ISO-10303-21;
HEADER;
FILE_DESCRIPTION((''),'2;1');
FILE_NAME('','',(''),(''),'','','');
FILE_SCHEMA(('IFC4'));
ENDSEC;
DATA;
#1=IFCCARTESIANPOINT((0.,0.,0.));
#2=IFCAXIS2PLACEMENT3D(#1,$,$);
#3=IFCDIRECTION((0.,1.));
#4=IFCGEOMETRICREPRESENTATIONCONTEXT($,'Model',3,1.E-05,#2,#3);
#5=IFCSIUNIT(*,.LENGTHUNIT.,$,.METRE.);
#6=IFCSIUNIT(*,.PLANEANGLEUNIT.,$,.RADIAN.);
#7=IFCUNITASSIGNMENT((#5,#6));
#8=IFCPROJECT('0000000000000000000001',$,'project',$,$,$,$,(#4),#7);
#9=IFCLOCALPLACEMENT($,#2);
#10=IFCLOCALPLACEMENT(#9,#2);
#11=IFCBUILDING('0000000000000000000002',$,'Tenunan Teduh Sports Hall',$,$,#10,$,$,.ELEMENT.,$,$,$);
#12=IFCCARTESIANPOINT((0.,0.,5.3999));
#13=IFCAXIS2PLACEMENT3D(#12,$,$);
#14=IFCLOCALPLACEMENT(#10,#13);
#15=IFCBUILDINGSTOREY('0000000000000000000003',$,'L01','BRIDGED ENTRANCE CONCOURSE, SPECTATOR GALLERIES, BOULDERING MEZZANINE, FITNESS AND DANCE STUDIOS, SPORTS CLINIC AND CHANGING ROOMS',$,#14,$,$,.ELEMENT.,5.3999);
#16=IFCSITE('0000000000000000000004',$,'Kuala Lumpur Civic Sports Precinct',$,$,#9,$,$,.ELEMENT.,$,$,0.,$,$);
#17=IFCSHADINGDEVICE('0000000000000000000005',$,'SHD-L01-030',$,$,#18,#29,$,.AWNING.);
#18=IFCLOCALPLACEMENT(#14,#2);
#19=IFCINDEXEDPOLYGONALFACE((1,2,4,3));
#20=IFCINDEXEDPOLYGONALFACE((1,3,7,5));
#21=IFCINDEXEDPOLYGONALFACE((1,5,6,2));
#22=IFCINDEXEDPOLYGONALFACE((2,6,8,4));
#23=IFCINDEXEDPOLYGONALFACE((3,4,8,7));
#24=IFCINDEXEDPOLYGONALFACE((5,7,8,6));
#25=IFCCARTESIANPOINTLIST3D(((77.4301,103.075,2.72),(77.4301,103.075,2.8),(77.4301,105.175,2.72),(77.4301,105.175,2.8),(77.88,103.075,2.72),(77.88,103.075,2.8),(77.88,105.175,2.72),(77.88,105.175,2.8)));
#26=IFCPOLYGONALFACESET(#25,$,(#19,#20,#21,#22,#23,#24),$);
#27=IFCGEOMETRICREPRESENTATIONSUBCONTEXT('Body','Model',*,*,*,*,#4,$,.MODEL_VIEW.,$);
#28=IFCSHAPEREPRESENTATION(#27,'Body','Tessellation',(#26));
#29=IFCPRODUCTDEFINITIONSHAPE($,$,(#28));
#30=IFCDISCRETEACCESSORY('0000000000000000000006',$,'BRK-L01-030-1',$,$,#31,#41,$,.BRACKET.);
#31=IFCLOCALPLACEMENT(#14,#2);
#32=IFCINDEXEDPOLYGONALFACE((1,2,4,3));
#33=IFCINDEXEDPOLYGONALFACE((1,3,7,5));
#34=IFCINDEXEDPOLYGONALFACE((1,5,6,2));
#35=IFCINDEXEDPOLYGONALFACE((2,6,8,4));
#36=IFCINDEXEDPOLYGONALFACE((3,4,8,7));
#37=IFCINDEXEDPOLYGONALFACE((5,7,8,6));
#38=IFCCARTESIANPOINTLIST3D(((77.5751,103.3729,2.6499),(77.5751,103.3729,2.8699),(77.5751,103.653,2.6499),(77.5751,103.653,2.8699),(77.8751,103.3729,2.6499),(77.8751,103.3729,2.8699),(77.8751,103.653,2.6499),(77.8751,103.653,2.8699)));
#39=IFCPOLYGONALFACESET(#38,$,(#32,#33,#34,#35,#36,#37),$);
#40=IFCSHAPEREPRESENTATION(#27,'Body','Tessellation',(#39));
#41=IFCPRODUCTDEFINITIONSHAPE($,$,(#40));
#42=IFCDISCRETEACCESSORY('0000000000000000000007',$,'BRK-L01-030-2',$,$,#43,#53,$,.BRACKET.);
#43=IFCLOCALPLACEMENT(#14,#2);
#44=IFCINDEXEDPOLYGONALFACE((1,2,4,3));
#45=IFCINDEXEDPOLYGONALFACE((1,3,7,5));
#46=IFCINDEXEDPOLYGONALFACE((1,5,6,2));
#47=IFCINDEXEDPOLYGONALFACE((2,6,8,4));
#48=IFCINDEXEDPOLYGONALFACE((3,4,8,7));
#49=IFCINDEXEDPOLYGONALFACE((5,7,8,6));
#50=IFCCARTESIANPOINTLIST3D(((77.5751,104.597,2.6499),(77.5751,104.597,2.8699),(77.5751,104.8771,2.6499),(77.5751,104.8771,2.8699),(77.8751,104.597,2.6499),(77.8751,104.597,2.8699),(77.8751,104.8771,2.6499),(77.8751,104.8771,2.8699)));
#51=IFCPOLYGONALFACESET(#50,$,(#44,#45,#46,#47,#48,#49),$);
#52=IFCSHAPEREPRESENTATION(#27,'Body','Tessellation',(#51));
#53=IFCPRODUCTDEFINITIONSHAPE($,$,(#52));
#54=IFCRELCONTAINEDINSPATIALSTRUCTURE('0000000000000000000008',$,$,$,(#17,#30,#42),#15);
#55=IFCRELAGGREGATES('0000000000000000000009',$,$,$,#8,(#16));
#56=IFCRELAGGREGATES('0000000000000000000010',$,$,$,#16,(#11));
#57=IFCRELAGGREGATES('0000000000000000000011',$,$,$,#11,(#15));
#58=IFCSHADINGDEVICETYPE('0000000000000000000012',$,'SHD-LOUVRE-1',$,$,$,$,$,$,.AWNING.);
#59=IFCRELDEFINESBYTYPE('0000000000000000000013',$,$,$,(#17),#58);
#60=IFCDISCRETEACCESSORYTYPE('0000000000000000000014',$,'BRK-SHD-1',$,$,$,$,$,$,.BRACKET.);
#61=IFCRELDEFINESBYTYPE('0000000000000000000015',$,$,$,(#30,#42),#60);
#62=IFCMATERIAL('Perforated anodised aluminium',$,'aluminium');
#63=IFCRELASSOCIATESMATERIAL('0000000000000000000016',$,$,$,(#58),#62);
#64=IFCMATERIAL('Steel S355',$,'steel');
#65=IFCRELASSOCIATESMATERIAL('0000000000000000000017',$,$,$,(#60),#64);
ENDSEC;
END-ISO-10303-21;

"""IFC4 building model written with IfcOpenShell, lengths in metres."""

from ifc_helpers import new_model, si_unit, direction, frame, origin, origin_2d, place, context, subcontext, project, spatial, rectangle, extrude, material, type_object, element, save


model = new_model("IFC4")

# Units and contexts
model_context = context("Model", 3, precision=1e-05, world=origin(), true_north=direction((0.0, 1.0)))
body_context = subcontext(model_context, "Body", "Model", "MODEL_VIEW")
ifc_project = project(units=[si_unit("LENGTHUNIT", "METRE"), si_unit("PLANEANGLEUNIT", "RADIAN")], contexts=[model_context])

# Site, building, storey
site_placement = place(None, origin())
site = spatial("IfcSite", under=ifc_project, at=site_placement, Name="Kuala Lumpur Civic Sports Precinct", CompositionType="ELEMENT", RefElevation=0.0)
building_placement = place(site_placement, origin())
building = spatial("IfcBuilding", under=site, at=building_placement, Name="Tenunan Teduh Sports Hall", CompositionType="ELEMENT")
storey_placement = place(building_placement, frame((0.0, 0.0, 5.3999)))
storey = spatial("IfcBuildingStorey", under=building, at=storey_placement, Name="L01", Description="BRIDGED ENTRANCE CONCOURSE, SPECTATOR GALLERIES, BOULDERING MEZZANINE, FITNESS AND DANCE STUDIOS, SPORTS CLINIC AND CHANGING ROOMS", CompositionType="ELEMENT", Elevation=5.3999)

# Shading device
ifc_material_1 = material(Name="Perforated anodised aluminium", Category="aluminium")
shading_device_type = type_object("IfcShadingDeviceType", Name="SHD-LOUVRE-1", PredefinedType="AWNING", material=ifc_material_1)
shading_device_placement = place(storey_placement, frame((77.655, 104.125, 2.72), z_axis=(0.0, 0.0, 1.0), x_axis=(0.0, 1.0, 0.0)))
element("IfcShadingDevice", 1, at=shading_device_placement, inside=storey, type_object=shading_device_type, Name="SHD-L01-030", PredefinedType="AWNING", context=body_context, shape_type="SweptSolid", body=[
    extrude(rectangle(XDim=2.1001, YDim=0.45, at=origin_2d()), origin(), (0.0, 0.0, 1.0), 0.0801),
])

# Discrete accessories
ifc_material_2 = material(Name="Steel S355", Category="steel")
discrete_accessory_type = type_object("IfcDiscreteAccessoryType", Name="BRK-SHD-1", PredefinedType="BRACKET", material=ifc_material_2)
for number, where, z_axis, x_axis, name in (
    (2, (77.7251, 103.5129, 2.6499), (0.0, 0.0, 1.0), (0.0, 1.0, 0.0), "BRK-L01-030-1"),
    (3, (77.7251, 104.7371, 2.6499), (0.0, 0.0, 1.0), (0.0, 1.0, 0.0), "BRK-L01-030-2"),
):
    element("IfcDiscreteAccessory", number, at=place(storey_placement, frame(where, z_axis=z_axis, x_axis=x_axis)), inside=storey, type_object=discrete_accessory_type, Name=name, PredefinedType="BRACKET", context=body_context, shape_type="SweptSolid", body=[
        extrude(rectangle(XDim=0.28, YDim=0.3, at=origin_2d()), origin(), (0.0, 0.0, 1.0), 0.22),
    ])

save(model, "model.ifc")
